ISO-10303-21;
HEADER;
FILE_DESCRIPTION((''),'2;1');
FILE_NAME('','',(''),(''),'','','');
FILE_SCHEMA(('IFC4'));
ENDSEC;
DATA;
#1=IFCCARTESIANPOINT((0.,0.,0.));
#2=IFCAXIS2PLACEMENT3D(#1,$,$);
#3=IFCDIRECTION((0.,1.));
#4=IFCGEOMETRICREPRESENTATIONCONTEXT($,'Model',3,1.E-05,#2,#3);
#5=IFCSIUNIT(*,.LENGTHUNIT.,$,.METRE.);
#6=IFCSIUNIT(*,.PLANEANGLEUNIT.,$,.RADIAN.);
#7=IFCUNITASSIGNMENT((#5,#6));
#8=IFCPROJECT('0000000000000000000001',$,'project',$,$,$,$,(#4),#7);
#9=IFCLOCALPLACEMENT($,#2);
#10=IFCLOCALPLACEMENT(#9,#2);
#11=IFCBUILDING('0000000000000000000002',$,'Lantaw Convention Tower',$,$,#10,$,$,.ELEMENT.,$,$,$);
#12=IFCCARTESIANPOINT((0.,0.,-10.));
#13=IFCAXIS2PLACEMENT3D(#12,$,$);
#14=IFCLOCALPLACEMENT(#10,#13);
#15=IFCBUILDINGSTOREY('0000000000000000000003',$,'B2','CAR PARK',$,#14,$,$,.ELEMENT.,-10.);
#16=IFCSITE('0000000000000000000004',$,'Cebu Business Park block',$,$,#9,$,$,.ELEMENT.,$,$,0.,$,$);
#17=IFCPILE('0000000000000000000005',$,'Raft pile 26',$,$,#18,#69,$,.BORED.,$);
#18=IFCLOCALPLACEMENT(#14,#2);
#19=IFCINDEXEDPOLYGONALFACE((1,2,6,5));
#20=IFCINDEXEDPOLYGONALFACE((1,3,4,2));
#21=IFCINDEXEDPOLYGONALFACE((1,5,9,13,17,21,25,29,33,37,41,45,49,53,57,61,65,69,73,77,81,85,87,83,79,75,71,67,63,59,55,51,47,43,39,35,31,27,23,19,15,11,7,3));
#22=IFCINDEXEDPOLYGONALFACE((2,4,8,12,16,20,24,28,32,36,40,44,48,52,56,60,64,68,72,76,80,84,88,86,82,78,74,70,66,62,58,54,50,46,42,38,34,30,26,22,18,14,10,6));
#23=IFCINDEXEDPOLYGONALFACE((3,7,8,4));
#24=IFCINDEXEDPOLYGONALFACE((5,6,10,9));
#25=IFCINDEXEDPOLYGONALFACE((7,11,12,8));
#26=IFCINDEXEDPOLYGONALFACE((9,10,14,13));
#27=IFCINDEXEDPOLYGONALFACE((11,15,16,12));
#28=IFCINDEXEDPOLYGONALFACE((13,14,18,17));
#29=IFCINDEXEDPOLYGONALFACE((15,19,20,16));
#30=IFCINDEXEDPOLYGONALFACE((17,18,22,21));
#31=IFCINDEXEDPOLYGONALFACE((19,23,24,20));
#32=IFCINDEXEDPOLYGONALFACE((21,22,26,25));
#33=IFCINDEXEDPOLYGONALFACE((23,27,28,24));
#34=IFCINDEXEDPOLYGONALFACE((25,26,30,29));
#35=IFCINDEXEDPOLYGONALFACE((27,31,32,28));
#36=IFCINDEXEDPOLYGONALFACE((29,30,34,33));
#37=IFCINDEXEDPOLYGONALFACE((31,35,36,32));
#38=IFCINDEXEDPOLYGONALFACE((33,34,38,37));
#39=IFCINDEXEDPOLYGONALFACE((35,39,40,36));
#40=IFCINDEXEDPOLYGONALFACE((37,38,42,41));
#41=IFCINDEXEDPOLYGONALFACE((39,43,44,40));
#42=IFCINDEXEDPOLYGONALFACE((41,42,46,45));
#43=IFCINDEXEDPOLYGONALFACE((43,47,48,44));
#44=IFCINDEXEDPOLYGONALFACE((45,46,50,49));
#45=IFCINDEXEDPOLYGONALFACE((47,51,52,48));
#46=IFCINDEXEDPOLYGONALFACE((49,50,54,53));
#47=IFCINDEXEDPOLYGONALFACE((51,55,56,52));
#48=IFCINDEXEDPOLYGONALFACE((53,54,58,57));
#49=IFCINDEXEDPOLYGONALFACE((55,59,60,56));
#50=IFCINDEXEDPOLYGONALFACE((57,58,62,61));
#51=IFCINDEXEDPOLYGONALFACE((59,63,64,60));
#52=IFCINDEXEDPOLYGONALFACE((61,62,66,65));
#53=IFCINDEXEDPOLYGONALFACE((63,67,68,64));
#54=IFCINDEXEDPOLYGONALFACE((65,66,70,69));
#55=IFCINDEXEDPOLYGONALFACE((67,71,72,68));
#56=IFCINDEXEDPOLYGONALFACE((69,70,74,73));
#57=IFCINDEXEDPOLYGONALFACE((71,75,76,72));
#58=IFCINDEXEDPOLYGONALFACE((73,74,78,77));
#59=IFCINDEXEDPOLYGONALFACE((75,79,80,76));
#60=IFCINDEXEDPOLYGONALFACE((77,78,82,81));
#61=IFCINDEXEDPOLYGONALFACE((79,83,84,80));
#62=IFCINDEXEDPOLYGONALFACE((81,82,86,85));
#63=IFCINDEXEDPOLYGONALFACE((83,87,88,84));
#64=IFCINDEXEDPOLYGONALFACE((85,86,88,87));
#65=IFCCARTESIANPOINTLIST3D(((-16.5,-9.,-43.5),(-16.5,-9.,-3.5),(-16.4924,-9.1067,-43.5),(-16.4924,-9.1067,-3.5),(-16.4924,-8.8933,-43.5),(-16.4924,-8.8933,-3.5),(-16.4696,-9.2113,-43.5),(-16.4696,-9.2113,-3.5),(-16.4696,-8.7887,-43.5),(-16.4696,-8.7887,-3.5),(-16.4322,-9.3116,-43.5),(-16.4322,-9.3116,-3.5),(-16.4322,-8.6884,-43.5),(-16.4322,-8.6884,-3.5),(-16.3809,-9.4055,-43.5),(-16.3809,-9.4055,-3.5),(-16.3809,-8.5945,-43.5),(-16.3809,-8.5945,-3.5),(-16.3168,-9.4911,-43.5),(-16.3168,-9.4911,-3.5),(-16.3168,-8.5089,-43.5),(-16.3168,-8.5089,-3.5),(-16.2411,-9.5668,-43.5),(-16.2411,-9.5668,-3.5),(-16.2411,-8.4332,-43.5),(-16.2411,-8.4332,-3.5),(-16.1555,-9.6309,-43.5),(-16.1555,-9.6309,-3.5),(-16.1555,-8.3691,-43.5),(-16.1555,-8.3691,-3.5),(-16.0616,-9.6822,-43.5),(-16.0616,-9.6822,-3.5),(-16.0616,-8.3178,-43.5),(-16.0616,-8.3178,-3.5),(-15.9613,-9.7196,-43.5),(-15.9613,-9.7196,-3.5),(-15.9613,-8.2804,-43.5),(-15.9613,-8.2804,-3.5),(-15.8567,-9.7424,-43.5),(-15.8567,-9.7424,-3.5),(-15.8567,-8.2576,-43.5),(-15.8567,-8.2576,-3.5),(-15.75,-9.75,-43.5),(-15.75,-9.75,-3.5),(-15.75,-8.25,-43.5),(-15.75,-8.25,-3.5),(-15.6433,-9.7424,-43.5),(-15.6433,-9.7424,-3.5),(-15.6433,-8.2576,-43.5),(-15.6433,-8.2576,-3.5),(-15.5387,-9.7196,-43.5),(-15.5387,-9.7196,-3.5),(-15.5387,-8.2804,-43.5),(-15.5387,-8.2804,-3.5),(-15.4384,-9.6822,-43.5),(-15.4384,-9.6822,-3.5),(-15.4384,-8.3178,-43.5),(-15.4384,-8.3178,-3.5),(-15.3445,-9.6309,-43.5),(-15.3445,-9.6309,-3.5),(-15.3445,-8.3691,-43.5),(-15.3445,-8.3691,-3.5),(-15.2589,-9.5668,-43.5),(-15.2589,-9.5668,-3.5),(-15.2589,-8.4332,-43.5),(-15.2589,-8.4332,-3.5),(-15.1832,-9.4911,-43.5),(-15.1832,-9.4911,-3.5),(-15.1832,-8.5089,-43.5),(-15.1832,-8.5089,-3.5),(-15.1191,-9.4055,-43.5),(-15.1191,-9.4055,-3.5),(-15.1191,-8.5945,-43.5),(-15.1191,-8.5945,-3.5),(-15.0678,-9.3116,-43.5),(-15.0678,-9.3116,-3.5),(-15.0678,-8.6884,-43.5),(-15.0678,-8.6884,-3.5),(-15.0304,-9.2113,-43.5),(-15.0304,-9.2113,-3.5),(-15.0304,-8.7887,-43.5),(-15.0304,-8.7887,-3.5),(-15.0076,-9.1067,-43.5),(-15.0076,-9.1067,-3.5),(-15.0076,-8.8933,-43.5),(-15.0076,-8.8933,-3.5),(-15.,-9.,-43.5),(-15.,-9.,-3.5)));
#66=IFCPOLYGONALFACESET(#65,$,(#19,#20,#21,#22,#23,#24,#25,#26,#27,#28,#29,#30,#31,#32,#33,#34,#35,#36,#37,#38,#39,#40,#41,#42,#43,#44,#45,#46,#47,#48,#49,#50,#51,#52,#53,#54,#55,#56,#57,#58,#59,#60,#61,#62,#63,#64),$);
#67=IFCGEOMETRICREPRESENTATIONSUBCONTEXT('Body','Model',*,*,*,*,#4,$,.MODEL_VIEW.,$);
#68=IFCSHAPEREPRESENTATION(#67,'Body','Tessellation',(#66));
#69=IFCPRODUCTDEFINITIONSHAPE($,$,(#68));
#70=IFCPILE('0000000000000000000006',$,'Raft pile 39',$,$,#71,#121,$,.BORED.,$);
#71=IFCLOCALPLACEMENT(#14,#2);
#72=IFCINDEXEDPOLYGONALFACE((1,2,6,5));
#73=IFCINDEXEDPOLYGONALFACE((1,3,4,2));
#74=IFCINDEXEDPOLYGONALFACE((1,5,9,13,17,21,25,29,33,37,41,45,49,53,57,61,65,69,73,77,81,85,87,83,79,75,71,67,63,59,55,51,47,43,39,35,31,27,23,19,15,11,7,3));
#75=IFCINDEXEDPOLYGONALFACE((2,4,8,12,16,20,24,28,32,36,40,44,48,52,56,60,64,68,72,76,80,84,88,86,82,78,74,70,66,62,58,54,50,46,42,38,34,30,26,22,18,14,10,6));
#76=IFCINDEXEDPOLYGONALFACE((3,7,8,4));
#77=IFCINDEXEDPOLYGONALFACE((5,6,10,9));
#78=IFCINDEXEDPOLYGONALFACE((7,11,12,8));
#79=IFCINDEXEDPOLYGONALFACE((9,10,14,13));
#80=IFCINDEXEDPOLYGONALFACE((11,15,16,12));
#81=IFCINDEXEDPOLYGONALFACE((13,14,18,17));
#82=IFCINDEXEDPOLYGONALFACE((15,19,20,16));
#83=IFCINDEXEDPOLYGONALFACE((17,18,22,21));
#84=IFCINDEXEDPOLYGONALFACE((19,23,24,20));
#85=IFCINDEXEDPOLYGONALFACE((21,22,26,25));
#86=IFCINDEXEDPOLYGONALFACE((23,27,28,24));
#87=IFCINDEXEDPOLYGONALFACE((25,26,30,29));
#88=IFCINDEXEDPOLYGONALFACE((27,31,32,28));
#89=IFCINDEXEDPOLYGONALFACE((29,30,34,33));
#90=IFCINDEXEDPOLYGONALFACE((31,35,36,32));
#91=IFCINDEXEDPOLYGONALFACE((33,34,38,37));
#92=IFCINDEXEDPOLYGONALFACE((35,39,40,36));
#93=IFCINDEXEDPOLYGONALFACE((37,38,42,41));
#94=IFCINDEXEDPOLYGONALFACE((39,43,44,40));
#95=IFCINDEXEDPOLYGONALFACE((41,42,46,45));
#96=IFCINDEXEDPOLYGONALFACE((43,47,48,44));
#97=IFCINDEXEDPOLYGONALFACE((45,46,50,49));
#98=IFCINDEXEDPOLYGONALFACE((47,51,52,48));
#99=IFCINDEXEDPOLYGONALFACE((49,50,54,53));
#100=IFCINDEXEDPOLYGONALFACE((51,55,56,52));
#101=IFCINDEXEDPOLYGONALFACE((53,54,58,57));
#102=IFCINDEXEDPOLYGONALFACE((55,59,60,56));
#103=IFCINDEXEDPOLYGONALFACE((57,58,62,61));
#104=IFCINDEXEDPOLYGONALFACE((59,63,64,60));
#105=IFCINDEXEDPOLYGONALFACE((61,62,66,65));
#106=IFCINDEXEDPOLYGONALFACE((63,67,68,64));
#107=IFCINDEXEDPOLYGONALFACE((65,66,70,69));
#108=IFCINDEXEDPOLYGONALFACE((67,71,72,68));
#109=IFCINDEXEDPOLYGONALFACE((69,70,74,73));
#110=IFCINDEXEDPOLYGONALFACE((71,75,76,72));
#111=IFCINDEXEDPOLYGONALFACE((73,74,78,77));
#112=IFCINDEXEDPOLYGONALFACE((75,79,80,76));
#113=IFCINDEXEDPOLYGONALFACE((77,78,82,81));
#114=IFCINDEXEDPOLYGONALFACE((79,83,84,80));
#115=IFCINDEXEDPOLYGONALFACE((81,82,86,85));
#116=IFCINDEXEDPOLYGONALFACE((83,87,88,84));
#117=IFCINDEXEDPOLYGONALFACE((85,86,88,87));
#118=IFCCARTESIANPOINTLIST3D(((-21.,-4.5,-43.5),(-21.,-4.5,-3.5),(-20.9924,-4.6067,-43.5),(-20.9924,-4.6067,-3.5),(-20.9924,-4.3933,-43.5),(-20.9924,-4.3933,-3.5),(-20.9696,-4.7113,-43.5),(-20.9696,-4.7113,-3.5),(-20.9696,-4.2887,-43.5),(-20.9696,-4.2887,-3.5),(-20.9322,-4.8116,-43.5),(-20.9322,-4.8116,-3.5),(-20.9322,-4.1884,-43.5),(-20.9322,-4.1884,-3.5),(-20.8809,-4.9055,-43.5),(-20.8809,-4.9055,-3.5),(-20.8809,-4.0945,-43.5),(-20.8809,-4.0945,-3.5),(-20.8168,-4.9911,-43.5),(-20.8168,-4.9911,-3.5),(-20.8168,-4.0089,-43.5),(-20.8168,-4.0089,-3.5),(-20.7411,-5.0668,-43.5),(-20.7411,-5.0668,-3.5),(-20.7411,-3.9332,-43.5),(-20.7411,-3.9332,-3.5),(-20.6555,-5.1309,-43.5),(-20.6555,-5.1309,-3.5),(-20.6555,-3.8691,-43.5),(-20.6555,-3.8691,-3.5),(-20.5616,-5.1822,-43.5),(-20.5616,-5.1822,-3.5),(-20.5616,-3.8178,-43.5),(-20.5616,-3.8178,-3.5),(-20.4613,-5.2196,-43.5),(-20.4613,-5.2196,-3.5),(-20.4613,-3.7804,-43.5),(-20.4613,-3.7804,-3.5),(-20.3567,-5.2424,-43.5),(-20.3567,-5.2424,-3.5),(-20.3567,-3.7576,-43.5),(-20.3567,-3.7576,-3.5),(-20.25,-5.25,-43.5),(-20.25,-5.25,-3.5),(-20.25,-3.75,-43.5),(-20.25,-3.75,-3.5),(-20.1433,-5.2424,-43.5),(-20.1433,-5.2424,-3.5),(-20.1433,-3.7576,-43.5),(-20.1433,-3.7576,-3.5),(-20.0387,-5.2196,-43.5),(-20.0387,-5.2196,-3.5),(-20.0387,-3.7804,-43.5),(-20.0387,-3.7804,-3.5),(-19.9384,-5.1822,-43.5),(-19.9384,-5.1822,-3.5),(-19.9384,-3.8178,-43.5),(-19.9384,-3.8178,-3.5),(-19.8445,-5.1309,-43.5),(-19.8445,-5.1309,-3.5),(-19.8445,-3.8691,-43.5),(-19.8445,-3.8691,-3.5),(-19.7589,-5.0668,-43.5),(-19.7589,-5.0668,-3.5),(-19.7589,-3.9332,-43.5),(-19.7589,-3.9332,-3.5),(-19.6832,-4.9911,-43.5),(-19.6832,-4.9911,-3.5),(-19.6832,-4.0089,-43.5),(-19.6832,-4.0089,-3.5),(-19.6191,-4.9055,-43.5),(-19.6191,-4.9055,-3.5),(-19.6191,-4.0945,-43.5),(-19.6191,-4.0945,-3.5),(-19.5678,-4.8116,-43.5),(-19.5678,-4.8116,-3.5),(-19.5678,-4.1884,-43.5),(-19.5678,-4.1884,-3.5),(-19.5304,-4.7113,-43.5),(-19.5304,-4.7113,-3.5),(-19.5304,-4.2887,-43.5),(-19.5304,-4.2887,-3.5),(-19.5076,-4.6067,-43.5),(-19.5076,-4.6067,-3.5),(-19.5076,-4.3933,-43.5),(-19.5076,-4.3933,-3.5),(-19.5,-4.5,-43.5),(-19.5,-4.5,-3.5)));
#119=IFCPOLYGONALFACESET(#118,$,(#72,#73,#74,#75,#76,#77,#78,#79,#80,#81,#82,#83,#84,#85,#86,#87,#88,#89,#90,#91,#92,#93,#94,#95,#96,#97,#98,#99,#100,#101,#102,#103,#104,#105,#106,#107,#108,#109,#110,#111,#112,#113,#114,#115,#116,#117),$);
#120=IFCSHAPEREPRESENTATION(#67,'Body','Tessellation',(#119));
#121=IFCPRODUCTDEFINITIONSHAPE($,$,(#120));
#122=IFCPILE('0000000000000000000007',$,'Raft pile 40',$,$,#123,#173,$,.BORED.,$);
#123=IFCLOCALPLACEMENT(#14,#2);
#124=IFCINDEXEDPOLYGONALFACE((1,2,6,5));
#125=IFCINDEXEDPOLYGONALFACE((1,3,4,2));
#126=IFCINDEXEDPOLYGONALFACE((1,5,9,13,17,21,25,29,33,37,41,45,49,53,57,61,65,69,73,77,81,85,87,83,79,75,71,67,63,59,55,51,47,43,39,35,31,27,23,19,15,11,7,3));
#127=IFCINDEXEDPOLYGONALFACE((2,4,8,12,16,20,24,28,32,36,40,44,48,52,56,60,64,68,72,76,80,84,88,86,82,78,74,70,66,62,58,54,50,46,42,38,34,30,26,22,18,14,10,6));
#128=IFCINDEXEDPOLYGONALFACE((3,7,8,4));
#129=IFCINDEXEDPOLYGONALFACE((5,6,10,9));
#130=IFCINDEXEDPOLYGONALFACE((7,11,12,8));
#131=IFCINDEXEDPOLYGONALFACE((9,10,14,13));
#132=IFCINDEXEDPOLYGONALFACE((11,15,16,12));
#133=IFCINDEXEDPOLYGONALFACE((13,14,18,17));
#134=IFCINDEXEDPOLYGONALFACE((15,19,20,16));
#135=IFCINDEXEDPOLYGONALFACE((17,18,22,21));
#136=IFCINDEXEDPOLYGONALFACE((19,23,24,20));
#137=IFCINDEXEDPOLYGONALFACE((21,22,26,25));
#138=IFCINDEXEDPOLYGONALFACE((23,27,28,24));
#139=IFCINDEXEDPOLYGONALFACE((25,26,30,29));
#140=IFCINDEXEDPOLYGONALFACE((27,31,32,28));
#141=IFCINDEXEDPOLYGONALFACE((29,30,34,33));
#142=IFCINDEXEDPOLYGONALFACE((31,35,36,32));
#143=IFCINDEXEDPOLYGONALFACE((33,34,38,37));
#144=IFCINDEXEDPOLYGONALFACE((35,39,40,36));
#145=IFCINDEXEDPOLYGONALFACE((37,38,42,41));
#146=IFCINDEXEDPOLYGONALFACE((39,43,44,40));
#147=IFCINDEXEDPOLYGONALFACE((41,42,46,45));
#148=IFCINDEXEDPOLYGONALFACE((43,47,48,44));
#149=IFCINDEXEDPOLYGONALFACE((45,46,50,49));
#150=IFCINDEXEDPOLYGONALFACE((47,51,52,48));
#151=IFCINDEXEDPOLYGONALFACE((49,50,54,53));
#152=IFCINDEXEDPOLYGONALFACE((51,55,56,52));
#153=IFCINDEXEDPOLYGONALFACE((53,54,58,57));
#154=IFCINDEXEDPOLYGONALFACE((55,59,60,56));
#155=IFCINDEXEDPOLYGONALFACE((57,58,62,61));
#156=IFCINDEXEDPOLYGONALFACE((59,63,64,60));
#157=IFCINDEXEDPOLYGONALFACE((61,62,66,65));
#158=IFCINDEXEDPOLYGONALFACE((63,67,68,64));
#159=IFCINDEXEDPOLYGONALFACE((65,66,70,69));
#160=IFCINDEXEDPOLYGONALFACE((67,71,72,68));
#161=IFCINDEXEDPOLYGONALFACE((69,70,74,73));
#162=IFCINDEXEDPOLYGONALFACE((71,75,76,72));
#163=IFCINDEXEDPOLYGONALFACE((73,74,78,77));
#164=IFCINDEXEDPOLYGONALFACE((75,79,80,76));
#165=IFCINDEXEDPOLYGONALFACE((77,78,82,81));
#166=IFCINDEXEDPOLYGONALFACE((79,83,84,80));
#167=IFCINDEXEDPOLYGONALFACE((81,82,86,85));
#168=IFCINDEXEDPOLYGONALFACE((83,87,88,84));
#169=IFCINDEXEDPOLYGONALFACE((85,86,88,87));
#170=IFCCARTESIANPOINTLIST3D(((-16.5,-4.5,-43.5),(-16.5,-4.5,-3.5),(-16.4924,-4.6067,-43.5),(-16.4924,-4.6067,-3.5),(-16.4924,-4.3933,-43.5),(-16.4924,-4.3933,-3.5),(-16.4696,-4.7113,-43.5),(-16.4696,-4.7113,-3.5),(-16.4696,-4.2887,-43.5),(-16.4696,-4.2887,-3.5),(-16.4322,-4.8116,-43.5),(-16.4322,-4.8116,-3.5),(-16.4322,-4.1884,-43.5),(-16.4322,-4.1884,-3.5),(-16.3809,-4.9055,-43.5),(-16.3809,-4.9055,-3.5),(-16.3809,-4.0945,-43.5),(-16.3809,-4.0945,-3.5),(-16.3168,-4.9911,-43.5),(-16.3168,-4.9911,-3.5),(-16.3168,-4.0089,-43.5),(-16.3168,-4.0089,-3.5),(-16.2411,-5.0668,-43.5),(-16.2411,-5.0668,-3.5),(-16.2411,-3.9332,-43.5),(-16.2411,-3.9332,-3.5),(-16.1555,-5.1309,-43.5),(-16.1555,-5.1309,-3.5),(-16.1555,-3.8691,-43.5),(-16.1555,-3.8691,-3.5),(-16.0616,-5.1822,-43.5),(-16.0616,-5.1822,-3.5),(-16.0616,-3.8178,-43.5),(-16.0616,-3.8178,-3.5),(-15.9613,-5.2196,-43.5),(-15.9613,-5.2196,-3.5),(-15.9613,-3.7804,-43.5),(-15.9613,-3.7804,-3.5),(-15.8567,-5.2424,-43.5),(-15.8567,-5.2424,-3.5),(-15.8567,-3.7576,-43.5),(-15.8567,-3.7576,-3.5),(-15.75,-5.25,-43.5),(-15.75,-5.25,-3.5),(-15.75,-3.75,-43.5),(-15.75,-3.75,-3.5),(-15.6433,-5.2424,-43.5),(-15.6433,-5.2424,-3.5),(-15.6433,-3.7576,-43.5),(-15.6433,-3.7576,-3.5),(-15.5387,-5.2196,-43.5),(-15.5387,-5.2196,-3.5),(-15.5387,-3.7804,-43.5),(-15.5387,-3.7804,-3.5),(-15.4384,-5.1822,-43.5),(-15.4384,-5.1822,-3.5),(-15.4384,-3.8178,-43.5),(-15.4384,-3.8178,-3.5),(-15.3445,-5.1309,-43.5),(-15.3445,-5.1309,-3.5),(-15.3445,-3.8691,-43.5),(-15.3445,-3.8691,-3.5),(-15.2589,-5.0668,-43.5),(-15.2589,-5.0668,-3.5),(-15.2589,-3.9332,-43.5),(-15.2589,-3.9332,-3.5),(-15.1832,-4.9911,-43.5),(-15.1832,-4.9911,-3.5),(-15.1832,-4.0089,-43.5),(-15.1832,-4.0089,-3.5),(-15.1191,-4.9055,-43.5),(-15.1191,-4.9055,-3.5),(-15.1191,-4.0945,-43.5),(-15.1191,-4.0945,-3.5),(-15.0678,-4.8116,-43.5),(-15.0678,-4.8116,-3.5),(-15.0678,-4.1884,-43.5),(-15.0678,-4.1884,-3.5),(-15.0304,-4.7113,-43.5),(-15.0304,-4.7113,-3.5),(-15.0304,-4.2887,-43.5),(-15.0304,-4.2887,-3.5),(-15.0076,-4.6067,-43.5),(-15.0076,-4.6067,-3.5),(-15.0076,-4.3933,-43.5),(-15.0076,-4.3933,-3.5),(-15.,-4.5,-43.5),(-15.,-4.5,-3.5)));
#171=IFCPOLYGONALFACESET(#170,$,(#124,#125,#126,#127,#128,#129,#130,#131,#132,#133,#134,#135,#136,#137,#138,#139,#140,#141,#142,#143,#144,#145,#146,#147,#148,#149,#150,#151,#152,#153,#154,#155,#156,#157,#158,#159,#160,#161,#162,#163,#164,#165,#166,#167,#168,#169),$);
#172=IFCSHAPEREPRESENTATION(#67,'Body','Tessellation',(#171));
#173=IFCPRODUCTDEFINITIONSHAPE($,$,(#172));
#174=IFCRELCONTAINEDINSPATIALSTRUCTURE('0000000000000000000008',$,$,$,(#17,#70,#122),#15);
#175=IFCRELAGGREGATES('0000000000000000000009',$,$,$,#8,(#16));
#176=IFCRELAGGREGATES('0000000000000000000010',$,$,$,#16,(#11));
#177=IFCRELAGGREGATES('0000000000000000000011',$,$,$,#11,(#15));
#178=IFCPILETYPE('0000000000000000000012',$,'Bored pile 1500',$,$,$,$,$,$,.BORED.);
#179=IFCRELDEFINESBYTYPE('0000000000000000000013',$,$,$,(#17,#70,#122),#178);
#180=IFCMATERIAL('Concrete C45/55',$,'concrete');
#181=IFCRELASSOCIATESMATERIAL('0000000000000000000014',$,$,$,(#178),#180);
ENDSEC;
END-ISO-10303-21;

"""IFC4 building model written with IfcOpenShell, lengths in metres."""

from ifc_helpers import new_model, si_unit, direction, frame, origin, origin_2d, place, context, subcontext, project, spatial, circle, extrude, material, material_profile, profile_set, type_object, element, save


model = new_model("IFC4")

# Units and contexts
model_context = context("Model", 3, precision=1e-05, world=origin(), true_north=direction((0.0, 1.0)))
body_context = subcontext(model_context, "Body", "Model", "MODEL_VIEW")
ifc_project = project(units=[si_unit("LENGTHUNIT", "METRE"), si_unit("PLANEANGLEUNIT", "RADIAN")], contexts=[model_context])

# Site, building, storey
site_placement = place(None, origin())
site = spatial("IfcSite", under=ifc_project, at=site_placement, Name="Cebu Business Park block", CompositionType="ELEMENT", RefElevation=0.0)
building_placement = place(site_placement, origin())
building = spatial("IfcBuilding", under=site, at=building_placement, Name="Lantaw Convention Tower", CompositionType="ELEMENT")
storey_placement = place(building_placement, frame((0.0, 0.0, -10.0)))
storey = spatial("IfcBuildingStorey", under=building, at=storey_placement, Name="B2", Description="CAR PARK", CompositionType="ELEMENT", Elevation=-10.0)

# Piles
ifc_material_1 = material(Name="Concrete C45/55", Category="concrete")
ifc_material_profile_1 = material_profile(ifc_material_1, circle(Radius=0.75, at=origin_2d()), Name="Bored pile 1500")
ifc_profile_set_1 = profile_set([ifc_material_profile_1], Name="Concrete C45/55")
pile_type_1 = type_object("IfcPileType", Name="Bored pile 1500", PredefinedType="BORED", material=ifc_profile_set_1)
for number, where, z_axis, x_axis, name in (
    (1, (-15.75, -9.0, -3.5), (0.0, 0.0, -1.0), (1.0, 0.0, 0.0), "Raft pile 26"),
    (2, (-20.25, -4.5, -3.5), (0.0, 0.0, -1.0), (1.0, 0.0, 0.0), "Raft pile 39"),
    (3, (-15.75, -4.5, -3.5), (0.0, 0.0, -1.0), (1.0, 0.0, 0.0), "Raft pile 40"),
):
    element("IfcPile", number, at=place(storey_placement, frame(where, z_axis=z_axis, x_axis=x_axis)), inside=storey, type_object=pile_type_1, Name=name, PredefinedType="BORED", context=body_context, shape_type="SweptSolid", body=[
        extrude(circle(Radius=0.75, at=origin_2d()), origin(), (0.0, 0.0, 1.0), 40.0),
    ])

save(model, "model.ifc")
